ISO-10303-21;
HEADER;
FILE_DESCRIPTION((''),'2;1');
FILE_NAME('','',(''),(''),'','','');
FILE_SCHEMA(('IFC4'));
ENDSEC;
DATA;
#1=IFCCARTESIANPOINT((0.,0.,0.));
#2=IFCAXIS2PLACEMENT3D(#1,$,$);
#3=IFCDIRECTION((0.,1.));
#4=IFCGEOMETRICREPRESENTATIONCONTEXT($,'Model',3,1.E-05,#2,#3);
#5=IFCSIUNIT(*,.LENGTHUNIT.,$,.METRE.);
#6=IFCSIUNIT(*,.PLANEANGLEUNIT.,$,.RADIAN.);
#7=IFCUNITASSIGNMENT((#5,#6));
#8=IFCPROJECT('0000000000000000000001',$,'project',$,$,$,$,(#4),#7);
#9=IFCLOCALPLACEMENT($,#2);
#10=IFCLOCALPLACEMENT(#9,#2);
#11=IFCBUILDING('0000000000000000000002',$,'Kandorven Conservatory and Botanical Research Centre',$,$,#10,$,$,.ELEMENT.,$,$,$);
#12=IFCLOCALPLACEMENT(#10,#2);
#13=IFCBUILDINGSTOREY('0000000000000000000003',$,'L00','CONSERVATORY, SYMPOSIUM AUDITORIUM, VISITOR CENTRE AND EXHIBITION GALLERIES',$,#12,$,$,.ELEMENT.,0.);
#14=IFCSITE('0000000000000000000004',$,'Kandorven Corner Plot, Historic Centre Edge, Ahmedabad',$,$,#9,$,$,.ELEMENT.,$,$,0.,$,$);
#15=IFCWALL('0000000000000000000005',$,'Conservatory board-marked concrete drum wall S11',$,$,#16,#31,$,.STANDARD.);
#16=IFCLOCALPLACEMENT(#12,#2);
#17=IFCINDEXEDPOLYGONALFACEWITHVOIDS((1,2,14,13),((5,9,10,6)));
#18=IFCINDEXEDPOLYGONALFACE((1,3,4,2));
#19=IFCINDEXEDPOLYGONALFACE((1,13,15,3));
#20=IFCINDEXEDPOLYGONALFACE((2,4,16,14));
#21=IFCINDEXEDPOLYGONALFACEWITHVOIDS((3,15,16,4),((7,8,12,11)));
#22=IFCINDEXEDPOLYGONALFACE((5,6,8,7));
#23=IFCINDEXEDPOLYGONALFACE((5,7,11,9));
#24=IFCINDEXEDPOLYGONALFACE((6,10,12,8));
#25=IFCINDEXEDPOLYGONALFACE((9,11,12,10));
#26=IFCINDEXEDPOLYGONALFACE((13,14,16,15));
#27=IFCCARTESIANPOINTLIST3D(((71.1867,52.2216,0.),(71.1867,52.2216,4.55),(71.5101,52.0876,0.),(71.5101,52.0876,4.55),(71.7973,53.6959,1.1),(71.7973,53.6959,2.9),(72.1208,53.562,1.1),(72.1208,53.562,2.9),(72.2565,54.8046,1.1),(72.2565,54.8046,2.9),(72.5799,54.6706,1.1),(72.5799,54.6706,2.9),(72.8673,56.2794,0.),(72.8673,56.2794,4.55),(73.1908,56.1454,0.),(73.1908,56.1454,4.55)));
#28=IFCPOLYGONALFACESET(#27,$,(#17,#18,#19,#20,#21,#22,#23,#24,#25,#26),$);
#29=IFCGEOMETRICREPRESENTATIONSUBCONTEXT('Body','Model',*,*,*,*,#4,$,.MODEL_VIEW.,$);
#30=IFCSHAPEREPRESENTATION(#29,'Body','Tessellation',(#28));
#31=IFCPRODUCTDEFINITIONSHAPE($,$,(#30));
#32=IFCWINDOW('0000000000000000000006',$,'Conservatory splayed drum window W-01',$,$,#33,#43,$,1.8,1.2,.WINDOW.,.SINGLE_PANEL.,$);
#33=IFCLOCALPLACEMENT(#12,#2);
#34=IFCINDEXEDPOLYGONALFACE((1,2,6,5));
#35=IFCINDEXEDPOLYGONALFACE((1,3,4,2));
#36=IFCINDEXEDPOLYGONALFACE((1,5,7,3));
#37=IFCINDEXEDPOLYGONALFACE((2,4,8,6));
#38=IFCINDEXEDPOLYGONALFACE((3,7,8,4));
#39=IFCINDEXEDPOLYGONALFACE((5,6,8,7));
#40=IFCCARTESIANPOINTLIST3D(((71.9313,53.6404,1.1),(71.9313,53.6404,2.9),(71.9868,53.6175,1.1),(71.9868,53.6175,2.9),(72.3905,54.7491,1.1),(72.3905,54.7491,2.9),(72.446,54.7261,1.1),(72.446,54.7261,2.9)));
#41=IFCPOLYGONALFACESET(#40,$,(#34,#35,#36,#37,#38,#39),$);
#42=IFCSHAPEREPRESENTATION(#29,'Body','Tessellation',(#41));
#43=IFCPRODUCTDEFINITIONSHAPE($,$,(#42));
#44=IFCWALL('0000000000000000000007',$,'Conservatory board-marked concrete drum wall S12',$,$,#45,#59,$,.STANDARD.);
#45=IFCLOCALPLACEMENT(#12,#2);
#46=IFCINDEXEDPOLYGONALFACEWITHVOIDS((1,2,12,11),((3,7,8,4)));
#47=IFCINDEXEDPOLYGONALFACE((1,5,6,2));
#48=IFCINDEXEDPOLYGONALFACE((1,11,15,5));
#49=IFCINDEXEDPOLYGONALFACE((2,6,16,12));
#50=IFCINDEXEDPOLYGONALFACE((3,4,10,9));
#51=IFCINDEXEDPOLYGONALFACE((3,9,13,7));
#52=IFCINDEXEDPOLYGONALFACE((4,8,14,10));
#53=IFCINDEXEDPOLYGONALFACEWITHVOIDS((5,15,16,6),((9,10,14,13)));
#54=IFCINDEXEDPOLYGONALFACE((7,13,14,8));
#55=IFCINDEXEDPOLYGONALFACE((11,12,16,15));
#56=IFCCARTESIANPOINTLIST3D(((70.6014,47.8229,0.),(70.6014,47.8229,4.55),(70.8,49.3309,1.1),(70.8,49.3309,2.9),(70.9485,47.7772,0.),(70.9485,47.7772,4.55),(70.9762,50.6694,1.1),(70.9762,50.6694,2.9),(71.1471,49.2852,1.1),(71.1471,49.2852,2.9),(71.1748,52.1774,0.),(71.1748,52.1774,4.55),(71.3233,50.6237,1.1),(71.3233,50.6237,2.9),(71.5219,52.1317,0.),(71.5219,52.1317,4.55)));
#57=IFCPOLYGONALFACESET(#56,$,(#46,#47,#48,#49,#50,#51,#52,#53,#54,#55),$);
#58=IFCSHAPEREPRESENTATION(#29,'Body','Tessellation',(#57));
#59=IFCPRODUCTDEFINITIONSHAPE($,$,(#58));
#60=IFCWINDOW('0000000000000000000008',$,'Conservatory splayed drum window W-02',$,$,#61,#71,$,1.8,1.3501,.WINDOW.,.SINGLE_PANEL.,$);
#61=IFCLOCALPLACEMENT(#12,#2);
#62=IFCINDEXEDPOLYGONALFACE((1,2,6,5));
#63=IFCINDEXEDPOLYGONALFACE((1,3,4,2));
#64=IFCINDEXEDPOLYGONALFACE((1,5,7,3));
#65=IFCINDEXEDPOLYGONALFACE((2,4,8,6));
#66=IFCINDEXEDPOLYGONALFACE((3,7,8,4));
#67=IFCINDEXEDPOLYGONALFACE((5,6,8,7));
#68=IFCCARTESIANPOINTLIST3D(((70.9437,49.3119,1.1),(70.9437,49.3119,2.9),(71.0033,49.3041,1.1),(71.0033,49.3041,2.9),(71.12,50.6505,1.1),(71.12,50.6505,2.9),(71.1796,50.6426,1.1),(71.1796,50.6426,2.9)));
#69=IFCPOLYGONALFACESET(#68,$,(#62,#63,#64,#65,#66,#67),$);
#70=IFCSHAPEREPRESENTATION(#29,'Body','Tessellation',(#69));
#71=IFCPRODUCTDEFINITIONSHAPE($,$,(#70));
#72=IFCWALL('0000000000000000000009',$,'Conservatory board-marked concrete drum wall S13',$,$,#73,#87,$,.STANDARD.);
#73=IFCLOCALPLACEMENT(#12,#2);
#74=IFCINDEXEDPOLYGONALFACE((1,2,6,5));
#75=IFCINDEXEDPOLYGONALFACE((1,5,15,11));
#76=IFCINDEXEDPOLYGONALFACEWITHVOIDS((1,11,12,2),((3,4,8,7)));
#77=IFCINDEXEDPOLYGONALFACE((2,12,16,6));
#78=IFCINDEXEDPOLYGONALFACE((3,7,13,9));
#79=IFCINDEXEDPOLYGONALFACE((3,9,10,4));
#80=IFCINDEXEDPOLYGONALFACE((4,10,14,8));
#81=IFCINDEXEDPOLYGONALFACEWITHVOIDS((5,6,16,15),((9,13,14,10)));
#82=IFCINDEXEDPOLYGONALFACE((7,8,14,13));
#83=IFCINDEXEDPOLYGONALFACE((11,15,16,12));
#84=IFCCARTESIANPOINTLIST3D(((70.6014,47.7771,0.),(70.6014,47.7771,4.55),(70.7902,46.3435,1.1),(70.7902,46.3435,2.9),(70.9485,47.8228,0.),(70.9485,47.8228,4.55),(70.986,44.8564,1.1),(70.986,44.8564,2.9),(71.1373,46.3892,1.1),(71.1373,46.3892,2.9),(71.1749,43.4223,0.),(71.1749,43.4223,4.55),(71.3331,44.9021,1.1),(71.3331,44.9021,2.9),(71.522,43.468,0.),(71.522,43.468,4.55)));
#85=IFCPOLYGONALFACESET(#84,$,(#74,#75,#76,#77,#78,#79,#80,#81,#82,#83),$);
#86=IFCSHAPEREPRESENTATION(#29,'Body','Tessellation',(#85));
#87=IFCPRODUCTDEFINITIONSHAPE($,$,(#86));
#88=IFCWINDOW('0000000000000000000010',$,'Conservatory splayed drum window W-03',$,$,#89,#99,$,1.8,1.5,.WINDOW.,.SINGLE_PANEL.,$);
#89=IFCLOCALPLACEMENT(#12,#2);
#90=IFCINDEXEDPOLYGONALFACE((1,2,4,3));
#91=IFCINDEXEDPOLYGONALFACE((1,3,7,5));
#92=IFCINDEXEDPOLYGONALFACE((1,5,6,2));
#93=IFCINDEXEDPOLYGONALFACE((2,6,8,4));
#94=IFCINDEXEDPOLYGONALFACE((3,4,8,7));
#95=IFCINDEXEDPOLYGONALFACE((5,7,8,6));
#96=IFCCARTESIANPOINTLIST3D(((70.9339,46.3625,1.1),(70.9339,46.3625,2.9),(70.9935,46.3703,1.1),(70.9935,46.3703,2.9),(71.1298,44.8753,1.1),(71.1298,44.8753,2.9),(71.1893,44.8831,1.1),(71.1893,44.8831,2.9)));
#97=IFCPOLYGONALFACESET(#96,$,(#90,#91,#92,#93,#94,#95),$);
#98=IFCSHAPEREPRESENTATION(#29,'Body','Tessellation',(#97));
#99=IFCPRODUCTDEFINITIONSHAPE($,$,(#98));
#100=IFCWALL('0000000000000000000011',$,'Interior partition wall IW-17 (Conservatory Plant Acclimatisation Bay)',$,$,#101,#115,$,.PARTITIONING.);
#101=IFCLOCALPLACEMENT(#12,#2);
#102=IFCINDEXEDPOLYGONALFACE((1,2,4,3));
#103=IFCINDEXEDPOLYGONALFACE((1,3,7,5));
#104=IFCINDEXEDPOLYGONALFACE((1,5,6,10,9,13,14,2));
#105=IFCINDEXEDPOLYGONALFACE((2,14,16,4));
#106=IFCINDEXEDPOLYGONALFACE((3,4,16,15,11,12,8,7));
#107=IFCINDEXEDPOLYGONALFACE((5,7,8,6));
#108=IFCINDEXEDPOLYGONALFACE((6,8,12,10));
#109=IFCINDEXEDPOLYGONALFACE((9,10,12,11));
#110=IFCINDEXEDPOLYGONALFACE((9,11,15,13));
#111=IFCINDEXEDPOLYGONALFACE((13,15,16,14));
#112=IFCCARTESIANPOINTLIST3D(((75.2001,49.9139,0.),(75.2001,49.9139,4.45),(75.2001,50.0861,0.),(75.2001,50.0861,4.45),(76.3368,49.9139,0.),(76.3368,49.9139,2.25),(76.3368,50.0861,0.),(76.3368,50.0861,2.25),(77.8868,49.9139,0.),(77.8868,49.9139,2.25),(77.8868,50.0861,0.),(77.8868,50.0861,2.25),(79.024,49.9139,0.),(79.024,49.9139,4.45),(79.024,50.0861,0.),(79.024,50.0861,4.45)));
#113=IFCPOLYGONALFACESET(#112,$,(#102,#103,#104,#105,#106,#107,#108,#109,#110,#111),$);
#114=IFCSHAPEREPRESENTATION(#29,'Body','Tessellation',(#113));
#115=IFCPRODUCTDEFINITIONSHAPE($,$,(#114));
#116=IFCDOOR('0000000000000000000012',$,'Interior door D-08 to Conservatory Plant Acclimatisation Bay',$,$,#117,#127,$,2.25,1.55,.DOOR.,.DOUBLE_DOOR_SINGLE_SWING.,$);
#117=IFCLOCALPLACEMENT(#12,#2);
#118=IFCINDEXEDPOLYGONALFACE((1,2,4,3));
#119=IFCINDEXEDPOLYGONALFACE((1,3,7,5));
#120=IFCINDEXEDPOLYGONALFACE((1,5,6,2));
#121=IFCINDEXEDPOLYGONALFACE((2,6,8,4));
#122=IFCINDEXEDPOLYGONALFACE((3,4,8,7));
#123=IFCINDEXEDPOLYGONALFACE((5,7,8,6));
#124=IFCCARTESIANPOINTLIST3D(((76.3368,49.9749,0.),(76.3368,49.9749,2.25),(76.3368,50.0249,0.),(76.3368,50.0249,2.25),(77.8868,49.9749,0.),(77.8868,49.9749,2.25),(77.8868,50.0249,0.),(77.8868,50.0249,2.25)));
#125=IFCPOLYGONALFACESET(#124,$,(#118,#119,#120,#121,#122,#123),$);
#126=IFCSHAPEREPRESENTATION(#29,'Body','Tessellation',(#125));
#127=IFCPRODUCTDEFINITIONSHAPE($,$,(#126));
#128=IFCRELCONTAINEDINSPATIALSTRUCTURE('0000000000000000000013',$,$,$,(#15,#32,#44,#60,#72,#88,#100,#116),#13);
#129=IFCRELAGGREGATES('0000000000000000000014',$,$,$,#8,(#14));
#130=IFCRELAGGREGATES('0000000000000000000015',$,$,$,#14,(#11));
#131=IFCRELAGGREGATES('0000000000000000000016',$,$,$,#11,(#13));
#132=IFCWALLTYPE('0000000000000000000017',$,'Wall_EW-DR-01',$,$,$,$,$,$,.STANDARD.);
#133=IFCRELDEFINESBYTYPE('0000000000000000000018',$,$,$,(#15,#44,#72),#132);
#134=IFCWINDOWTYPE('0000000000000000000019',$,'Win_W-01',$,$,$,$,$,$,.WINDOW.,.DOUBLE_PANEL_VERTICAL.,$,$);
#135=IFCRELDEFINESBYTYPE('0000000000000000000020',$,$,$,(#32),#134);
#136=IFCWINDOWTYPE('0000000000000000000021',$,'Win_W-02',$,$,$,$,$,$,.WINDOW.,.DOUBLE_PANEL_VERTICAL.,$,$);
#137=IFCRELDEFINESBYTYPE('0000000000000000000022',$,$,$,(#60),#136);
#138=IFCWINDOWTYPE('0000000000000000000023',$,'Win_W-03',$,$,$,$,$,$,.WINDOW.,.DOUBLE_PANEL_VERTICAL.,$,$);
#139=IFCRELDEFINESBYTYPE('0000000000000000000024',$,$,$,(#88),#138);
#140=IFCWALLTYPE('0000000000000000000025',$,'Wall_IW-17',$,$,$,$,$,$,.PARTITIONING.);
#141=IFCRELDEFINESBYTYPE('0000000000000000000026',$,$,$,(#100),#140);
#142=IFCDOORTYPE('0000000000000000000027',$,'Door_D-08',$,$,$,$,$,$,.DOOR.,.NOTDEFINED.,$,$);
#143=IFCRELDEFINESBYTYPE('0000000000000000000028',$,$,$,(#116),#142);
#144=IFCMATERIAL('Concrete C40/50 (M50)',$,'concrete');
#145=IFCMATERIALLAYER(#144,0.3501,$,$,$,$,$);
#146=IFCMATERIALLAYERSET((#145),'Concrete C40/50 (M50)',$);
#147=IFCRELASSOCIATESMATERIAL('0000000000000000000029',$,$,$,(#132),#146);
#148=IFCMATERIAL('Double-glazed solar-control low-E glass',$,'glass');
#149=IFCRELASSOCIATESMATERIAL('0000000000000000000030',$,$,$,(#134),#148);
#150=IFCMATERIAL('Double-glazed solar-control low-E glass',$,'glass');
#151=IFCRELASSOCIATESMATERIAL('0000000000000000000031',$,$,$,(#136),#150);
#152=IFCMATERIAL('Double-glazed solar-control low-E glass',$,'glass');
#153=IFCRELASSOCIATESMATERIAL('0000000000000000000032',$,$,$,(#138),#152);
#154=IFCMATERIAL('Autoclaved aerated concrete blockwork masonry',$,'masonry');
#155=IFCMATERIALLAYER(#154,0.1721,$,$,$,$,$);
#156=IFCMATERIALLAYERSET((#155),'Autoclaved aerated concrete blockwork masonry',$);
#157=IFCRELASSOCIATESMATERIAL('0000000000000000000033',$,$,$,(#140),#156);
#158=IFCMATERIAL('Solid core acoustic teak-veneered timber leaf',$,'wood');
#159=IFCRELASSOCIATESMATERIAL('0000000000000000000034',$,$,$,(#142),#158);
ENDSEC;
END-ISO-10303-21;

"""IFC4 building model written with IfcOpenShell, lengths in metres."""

from ifc_helpers import new_model, si_unit, direction, frame, frame_2d, origin, place, context, subcontext, project, spatial, rectangle, extrude, material, layer, layer_set, type_object, element, fill, save


model = new_model("IFC4")

# Units and contexts
model_context = context("Model", 3, precision=1e-05, world=origin(), true_north=direction((0.0, 1.0)))
body_context = subcontext(model_context, "Body", "Model", "MODEL_VIEW")
ifc_project = project(units=[si_unit("LENGTHUNIT", "METRE"), si_unit("PLANEANGLEUNIT", "RADIAN")], contexts=[model_context])

# Site, building, storey
site_placement = place(None, origin())
site = spatial("IfcSite", under=ifc_project, at=site_placement, Name="Kandorven Corner Plot, Historic Centre Edge, Ahmedabad", CompositionType="ELEMENT", RefElevation=0.0)
building_placement = place(site_placement, origin())
building = spatial("IfcBuilding", under=site, at=building_placement, Name="Kandorven Conservatory and Botanical Research Centre", CompositionType="ELEMENT")
storey_placement = place(building_placement, origin())
storey = spatial("IfcBuildingStorey", under=building, at=storey_placement, Name="L00", Description="CONSERVATORY, SYMPOSIUM AUDITORIUM, VISITOR CENTRE AND EXHIBITION GALLERIES", CompositionType="ELEMENT", Elevation=0.0)

# Walls, openings, windows
ifc_material_1 = material(Name="Concrete C40/50 (M50)", Category="concrete")
ifc_layer_1 = layer(ifc_material_1, 0.3501)
ifc_layer_set_1 = layer_set([ifc_layer_1], Name="Concrete C40/50 (M50)")
wall_type_1 = type_object("IfcWallType", Name="Wall_EW-DR-01", PredefinedType="STANDARD", material=ifc_layer_set_1)
wall_1_placement = place(storey_placement, frame((73.0291, 56.2124, 0.0), z_axis=(0.0, 0.0, 1.0), x_axis=(-0.382653, -0.923892, 0.0)))
wall_1 = element("IfcWall", 1, at=wall_1_placement, inside=storey, type_object=wall_type_1, Name="Conservatory board-marked concrete drum wall S11", PredefinedType="STANDARD", context=body_context, shape_type="SweptSolid", body=[
    extrude(rectangle(XDim=4.3921, YDim=0.3501, at=frame_2d((2.196, 0.0))), origin(), (0.0, 0.0, 1.0), 4.55),
])
opening_1_placement = place(wall_1_placement, frame((1.5962, 0.0, 1.1001)))
opening_1 = element("IfcOpeningElement", 2, at=opening_1_placement, cuts=wall_1, PredefinedType="OPENING", context=body_context, shape_type="SweptSolid", body=[
    extrude(rectangle(XDim=1.2, YDim=1.8, at=frame_2d((0.6001, 0.8999))), frame((0.0, 0.1851, 0.0), z_axis=(0.0, -1.0, 0.0), x_axis=(1.0, 0.0, 0.0)), (0.0, 0.0, 1.0), 0.3701),
])
ifc_material_2 = material(Name="Double-glazed solar-control low-E glass", Category="glass")
window_type_1 = type_object("IfcWindowType", Name="Win_W-01", PartitioningType="DOUBLE_PANEL_VERTICAL", PredefinedType="WINDOW", material=ifc_material_2)
window_1_placement = place(opening_1_placement, origin())
window_1 = element("IfcWindow", 3, at=window_1_placement, inside=storey, type_object=window_type_1, Name="Conservatory splayed drum window W-01", OverallHeight=1.8, OverallWidth=1.2, PartitioningType="SINGLE_PANEL", PredefinedType="WINDOW", context=body_context, shape_type="SweptSolid", body=[
    extrude(rectangle(XDim=1.2, YDim=1.8, at=frame_2d((0.6001, 0.8999))), frame((0.0, 0.03, 0.0), z_axis=(0.0, -1.0, 0.0), x_axis=(1.0, 0.0, 0.0)), (0.0, 0.0, 1.0), 0.0601),
])
fill(opening_1, window_1)
wall_2_placement = place(storey_placement, frame((71.3484, 52.1545, 0.0), z_axis=(0.0, 0.0, 1.0), x_axis=(-0.130572, -0.991439, 0.0)))
wall_2 = element("IfcWall", 4, at=wall_2_placement, inside=storey, type_object=wall_type_1, Name="Conservatory board-marked concrete drum wall S12", PredefinedType="STANDARD", context=body_context, shape_type="SweptSolid", body=[
    extrude(rectangle(XDim=4.3921, YDim=0.3501, at=frame_2d((2.196, 0.0))), origin(), (0.0, 0.0, 1.0), 4.55),
])
opening_2_placement = place(wall_2_placement, frame((1.521, 0.0, 1.1001)))
opening_2 = element("IfcOpeningElement", 5, at=opening_2_placement, cuts=wall_2, PredefinedType="OPENING", context=body_context, shape_type="SweptSolid", body=[
    extrude(rectangle(XDim=1.3501, YDim=1.8, at=frame_2d((0.675, 0.8999))), frame((0.0, 0.1851, 0.0), z_axis=(0.0, -1.0, 0.0), x_axis=(1.0, 0.0, 0.0)), (0.0, 0.0, 1.0), 0.3701),
])
ifc_material_3 = material(Name="Double-glazed solar-control low-E glass", Category="glass")
window_type_2 = type_object("IfcWindowType", Name="Win_W-02", PartitioningType="DOUBLE_PANEL_VERTICAL", PredefinedType="WINDOW", material=ifc_material_3)
window_2_placement = place(opening_2_placement, origin())
window_2 = element("IfcWindow", 6, at=window_2_placement, inside=storey, type_object=window_type_2, Name="Conservatory splayed drum window W-02", OverallHeight=1.8, OverallWidth=1.3501, PartitioningType="SINGLE_PANEL", PredefinedType="WINDOW", context=body_context, shape_type="SweptSolid", body=[
    extrude(rectangle(XDim=1.3501, YDim=1.8, at=frame_2d((0.675, 0.8999))), frame((0.0, 0.03, 0.0), z_axis=(0.0, -1.0, 0.0), x_axis=(1.0, 0.0, 0.0)), (0.0, 0.0, 1.0), 0.0601),
])
fill(opening_2, window_2)
wall_3_placement = place(storey_placement, frame((70.7749, 47.8, 0.0), z_axis=(0.0, 0.0, 1.0), x_axis=(0.130565, -0.99144, 0.0)))
wall_3 = element("IfcWall", 7, at=wall_3_placement, inside=storey, type_object=wall_type_1, Name="Conservatory board-marked concrete drum wall S13", PredefinedType="STANDARD", context=body_context, shape_type="SweptSolid", body=[
    extrude(rectangle(XDim=4.3923, YDim=0.3501, at=frame_2d((2.1963, 0.0))), origin(), (0.0, 0.0, 1.0), 4.55),
])
opening_3_placement = place(wall_3_placement, frame((1.446, 0.0, 1.1001)))
opening_3 = element("IfcOpeningElement", 8, at=opening_3_placement, cuts=wall_3, PredefinedType="OPENING", context=body_context, shape_type="SweptSolid", body=[
    extrude(rectangle(XDim=1.5, YDim=1.8, at=frame_2d((0.75, 0.8999))), frame((0.0, 0.1851, 0.0), z_axis=(0.0, -1.0, 0.0), x_axis=(1.0, 0.0, 0.0)), (0.0, 0.0, 1.0), 0.3701),
])
ifc_material_4 = material(Name="Double-glazed solar-control low-E glass", Category="glass")
window_type_3 = type_object("IfcWindowType", Name="Win_W-03", PartitioningType="DOUBLE_PANEL_VERTICAL", PredefinedType="WINDOW", material=ifc_material_4)
window_3_placement = place(opening_3_placement, origin())
window_3 = element("IfcWindow", 9, at=window_3_placement, inside=storey, type_object=window_type_3, Name="Conservatory splayed drum window W-03", OverallHeight=1.8, OverallWidth=1.5, PartitioningType="SINGLE_PANEL", PredefinedType="WINDOW", context=body_context, shape_type="SweptSolid", body=[
    extrude(rectangle(XDim=1.5, YDim=1.8, at=frame_2d((0.75, 0.8999))), frame((0.0, 0.03, 0.0), z_axis=(0.0, -1.0, 0.0), x_axis=(1.0, 0.0, 0.0)), (0.0, 0.0, 1.0), 0.0601),
])
fill(opening_3, window_3)

# Wall, opening, door
ifc_material_5 = material(Name="Autoclaved aerated concrete blockwork masonry", Category="masonry")
ifc_layer_2 = layer(ifc_material_5, 0.1721)
ifc_layer_set_2 = layer_set([ifc_layer_2], Name="Autoclaved aerated concrete blockwork masonry")
wall_type_2 = type_object("IfcWallType", Name="Wall_IW-17", PredefinedType="PARTITIONING", material=ifc_layer_set_2)
wall_4_placement = place(storey_placement, frame((75.2, 50.0, 0.0), z_axis=(0.0, 0.0, 1.0), x_axis=(1.0, 0.0, 0.0)))
wall_4 = element("IfcWall", 10, at=wall_4_placement, inside=storey, type_object=wall_type_2, Name="Interior partition wall IW-17 (Conservatory Plant Acclimatisation Bay)", PredefinedType="PARTITIONING", context=body_context, shape_type="SweptSolid", body=[
    extrude(rectangle(XDim=3.824, YDim=0.1721, at=frame_2d((1.9121, 0.0))), origin(), (0.0, 0.0, 1.0), 4.45),
])
opening_4_placement = place(wall_4_placement, frame((1.137, 0.0, 0.0)))
opening_4 = element("IfcOpeningElement", 11, at=opening_4_placement, cuts=wall_4, PredefinedType="OPENING", context=body_context, shape_type="SweptSolid", body=[
    extrude(rectangle(XDim=1.55, YDim=2.25, at=frame_2d((0.7749, 1.125))), frame((0.0, 0.0959, 0.0), z_axis=(0.0, -1.0, 0.0), x_axis=(1.0, 0.0, 0.0)), (0.0, 0.0, 1.0), 0.1921),
])
ifc_material_6 = material(Name="Solid core acoustic teak-veneered timber leaf", Category="wood")
door_type = type_object("IfcDoorType", Name="Door_D-08", OperationType="NOTDEFINED", PredefinedType="DOOR", material=ifc_material_6)
door_placement = place(opening_4_placement, origin())
door = element("IfcDoor", 12, at=door_placement, inside=storey, type_object=door_type, Name="Interior door D-08 to Conservatory Plant Acclimatisation Bay", OperationType="DOUBLE_DOOR_SINGLE_SWING", OverallHeight=2.25, OverallWidth=1.55, PredefinedType="DOOR", context=body_context, shape_type="SweptSolid", body=[
    extrude(rectangle(XDim=1.55, YDim=2.25, at=frame_2d((0.7749, 1.125))), frame((0.0, 0.0249, 0.0), z_axis=(0.0, -1.0, 0.0), x_axis=(1.0, 0.0, 0.0)), (0.0, 0.0, 1.0), 0.05),
])
fill(opening_4, door)

save(model, "model.ifc")
